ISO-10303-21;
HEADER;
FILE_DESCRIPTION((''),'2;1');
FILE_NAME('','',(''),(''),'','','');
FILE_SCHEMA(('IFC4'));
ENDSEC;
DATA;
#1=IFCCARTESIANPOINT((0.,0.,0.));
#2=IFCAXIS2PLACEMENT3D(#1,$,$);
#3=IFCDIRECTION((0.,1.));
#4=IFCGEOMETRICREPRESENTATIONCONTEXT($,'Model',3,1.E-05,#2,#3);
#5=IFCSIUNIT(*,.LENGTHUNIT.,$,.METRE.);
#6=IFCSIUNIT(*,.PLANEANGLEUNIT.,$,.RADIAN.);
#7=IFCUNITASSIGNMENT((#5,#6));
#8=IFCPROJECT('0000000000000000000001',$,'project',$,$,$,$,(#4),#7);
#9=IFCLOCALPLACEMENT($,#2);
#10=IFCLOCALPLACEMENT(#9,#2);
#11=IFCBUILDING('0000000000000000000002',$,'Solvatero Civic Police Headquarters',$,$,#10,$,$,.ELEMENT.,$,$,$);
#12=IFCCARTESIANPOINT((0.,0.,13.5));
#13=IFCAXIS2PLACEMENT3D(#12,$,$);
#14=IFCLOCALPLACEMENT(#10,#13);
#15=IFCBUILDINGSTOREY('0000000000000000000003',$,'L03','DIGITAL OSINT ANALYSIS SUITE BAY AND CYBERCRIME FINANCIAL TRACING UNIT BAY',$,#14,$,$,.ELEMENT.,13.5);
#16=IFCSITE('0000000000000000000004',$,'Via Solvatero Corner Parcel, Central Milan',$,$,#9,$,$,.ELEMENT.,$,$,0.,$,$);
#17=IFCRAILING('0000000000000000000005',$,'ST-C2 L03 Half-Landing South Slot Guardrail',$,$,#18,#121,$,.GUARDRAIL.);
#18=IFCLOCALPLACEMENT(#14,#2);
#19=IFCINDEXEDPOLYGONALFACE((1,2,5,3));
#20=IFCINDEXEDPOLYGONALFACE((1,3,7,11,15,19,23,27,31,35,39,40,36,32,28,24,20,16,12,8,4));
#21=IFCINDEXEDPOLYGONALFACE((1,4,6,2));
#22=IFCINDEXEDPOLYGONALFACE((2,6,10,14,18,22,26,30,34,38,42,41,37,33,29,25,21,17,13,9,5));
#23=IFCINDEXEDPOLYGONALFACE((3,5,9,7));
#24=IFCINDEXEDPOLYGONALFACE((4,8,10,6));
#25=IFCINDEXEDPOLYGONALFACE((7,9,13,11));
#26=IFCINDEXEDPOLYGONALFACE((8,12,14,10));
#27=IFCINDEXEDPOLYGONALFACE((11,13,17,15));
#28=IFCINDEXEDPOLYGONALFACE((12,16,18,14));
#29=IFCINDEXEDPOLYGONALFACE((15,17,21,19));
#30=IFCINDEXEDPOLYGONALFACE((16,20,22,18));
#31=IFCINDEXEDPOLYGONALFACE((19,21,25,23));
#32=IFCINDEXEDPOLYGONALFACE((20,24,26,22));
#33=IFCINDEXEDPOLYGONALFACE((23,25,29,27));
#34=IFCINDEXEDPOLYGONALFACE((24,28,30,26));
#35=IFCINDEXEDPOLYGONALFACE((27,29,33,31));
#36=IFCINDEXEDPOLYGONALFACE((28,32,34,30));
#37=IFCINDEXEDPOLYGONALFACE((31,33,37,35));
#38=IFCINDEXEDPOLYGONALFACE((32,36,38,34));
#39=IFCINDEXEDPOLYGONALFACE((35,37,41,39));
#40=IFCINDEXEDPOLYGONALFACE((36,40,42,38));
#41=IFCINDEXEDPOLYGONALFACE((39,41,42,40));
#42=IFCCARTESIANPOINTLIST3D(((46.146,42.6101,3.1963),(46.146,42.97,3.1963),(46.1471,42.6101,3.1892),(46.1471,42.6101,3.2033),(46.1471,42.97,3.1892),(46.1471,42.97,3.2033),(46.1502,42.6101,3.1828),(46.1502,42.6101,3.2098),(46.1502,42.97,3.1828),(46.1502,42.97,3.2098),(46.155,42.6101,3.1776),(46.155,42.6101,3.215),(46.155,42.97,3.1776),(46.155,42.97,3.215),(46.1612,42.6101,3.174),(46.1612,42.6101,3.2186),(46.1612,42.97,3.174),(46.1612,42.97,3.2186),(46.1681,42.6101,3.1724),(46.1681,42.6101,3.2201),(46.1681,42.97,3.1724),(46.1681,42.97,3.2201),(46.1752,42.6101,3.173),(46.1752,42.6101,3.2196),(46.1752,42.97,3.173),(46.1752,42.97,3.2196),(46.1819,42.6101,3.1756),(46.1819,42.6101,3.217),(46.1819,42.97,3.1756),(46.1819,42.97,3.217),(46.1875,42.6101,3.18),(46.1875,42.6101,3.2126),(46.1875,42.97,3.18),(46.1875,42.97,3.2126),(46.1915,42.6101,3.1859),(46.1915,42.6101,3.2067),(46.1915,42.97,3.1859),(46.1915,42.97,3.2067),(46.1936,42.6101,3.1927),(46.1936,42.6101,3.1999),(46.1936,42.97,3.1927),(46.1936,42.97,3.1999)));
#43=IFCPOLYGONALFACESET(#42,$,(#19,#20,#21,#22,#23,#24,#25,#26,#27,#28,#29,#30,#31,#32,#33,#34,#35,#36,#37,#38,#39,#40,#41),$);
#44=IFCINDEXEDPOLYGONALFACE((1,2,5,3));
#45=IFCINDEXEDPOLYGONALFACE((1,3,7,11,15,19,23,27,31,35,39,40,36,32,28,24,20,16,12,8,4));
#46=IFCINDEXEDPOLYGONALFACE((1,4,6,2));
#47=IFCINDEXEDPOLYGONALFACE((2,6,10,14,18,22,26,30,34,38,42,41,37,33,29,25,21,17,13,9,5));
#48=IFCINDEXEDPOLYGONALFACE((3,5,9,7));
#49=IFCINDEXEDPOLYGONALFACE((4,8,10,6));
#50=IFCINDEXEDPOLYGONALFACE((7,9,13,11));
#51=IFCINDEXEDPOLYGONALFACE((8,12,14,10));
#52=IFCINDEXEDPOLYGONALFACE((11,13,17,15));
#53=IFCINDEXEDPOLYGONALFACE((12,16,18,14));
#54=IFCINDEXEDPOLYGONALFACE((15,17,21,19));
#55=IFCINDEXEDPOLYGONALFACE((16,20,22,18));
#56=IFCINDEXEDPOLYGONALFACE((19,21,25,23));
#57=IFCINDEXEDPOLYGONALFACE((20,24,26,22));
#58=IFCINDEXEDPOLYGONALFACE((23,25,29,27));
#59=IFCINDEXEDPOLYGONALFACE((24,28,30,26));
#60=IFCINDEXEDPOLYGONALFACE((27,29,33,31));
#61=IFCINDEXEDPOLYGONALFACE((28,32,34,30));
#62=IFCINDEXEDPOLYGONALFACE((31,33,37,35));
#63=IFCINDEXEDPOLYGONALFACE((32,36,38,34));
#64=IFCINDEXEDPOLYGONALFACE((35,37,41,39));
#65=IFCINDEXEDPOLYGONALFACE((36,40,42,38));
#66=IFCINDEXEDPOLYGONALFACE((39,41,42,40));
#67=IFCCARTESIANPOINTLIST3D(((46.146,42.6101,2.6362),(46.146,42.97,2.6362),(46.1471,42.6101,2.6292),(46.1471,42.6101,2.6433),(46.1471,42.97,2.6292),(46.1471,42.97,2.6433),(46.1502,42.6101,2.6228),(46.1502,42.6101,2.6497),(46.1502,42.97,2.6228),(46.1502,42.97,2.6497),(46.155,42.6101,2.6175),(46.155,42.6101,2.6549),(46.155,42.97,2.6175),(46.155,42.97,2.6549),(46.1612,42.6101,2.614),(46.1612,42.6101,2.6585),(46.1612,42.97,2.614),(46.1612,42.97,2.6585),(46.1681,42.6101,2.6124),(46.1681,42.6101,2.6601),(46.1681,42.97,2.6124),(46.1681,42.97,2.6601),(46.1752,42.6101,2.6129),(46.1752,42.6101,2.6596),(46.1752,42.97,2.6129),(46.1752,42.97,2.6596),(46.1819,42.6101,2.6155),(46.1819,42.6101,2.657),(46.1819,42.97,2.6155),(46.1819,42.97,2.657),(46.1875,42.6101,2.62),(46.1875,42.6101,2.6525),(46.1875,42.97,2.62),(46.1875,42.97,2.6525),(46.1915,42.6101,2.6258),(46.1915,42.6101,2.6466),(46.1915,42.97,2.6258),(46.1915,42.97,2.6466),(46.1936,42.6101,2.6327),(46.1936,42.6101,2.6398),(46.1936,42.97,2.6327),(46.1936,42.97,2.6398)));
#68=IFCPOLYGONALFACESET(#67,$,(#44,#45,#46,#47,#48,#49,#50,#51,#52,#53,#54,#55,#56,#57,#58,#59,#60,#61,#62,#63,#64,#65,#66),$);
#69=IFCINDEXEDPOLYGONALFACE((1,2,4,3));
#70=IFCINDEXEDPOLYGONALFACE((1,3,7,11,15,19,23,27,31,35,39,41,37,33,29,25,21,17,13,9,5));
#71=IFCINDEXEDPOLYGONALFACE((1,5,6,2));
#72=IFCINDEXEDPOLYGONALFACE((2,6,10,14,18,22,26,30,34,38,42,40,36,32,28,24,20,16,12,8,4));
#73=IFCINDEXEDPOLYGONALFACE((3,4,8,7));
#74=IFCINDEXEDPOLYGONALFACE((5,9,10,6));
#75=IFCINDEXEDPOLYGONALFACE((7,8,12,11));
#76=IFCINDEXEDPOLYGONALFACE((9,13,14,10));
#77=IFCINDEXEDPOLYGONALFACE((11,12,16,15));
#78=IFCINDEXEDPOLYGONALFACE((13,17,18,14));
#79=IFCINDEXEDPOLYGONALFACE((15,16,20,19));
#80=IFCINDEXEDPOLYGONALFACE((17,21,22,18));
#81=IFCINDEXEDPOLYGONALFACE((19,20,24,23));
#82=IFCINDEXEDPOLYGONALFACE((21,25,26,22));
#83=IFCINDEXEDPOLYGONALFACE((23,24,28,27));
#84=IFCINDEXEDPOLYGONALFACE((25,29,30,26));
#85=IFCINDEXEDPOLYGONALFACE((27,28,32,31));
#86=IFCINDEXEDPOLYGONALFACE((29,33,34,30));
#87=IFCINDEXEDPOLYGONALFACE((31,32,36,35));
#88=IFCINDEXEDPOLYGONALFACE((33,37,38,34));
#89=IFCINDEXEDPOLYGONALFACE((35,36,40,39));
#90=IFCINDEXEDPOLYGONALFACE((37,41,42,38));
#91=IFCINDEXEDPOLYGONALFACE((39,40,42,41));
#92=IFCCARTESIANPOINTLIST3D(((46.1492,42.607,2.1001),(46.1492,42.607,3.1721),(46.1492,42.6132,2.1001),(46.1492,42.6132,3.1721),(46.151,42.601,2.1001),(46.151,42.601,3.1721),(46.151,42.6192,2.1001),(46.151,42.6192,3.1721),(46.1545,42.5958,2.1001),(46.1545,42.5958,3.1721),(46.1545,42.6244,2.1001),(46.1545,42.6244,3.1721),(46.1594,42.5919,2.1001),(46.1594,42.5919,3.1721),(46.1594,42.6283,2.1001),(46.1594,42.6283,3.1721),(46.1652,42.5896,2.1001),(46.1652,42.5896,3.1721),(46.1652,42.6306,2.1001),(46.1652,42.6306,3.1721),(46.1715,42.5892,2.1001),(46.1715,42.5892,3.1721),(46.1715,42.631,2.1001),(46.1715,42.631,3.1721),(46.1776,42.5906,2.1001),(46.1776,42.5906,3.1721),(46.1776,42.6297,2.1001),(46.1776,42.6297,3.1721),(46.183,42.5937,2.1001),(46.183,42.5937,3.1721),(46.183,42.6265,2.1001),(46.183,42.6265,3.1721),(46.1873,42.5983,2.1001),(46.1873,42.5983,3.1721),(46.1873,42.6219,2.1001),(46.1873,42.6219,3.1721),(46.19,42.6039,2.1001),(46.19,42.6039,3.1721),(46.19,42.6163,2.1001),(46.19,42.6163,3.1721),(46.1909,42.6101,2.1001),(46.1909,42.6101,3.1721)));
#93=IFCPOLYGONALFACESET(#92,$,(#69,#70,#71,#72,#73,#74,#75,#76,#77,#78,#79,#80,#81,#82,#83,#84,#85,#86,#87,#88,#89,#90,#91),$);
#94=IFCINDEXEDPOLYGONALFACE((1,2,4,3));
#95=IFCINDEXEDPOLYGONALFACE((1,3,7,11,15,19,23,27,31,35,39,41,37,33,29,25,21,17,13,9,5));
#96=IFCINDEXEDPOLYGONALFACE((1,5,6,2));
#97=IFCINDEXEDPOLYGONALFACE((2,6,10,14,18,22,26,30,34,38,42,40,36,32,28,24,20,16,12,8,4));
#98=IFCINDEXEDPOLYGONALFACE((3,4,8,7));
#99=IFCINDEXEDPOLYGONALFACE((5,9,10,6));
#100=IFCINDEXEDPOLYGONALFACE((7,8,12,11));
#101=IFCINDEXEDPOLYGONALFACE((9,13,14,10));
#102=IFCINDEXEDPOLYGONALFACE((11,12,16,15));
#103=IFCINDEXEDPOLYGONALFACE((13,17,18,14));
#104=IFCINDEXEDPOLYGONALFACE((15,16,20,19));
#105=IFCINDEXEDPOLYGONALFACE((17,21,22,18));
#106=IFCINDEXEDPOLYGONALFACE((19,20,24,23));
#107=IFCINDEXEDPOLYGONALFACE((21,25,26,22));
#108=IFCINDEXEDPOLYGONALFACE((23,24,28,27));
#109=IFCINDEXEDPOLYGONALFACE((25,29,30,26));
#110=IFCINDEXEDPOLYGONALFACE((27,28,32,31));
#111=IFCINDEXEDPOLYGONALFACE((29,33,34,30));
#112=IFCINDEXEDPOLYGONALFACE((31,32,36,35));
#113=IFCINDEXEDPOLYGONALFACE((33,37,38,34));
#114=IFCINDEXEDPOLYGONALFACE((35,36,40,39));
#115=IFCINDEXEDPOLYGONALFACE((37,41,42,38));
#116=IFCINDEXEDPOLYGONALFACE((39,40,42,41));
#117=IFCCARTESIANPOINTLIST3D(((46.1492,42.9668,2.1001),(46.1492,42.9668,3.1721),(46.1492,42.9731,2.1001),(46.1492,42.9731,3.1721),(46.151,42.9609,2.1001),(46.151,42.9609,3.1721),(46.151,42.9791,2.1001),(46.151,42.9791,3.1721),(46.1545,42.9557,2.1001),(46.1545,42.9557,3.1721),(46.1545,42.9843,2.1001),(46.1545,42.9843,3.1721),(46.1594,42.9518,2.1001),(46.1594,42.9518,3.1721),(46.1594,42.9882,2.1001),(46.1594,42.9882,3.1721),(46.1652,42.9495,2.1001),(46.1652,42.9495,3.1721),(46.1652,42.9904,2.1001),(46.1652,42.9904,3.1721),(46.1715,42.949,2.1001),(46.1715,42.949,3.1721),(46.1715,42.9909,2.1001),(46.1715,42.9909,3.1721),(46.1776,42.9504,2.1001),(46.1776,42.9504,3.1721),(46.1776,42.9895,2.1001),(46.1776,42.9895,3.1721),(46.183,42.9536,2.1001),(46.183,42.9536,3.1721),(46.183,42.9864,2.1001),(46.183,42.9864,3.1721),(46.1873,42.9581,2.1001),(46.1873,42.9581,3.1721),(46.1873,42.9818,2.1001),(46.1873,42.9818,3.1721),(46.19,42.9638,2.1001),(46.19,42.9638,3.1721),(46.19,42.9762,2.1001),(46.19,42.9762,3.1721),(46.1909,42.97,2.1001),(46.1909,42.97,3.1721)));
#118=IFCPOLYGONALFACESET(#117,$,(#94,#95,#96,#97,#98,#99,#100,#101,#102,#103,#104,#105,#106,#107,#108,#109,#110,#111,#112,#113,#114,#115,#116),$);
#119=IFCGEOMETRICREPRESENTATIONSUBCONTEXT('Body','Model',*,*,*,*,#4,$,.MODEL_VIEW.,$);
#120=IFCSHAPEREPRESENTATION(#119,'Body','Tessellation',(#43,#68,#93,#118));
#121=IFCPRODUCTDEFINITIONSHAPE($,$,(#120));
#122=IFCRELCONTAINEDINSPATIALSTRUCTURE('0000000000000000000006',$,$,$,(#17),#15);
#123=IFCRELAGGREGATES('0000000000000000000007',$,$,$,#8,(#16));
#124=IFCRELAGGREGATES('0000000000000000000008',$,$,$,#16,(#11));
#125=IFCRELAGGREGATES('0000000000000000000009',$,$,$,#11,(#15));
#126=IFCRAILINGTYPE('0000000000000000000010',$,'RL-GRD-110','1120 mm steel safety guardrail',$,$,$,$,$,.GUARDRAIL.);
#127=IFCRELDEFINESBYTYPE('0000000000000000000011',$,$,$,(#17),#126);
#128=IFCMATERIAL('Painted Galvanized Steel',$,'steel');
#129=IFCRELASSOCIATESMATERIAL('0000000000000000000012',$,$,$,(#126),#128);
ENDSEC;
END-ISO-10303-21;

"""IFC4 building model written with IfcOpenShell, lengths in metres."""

from ifc_helpers import new_model, si_unit, direction, frame, origin, origin_2d, place, context, subcontext, project, spatial, circle, extrude, material, type_object, element, save


model = new_model("IFC4")

# Units and contexts
model_context = context("Model", 3, precision=1e-05, world=origin(), true_north=direction((0.0, 1.0)))
body_context = subcontext(model_context, "Body", "Model", "MODEL_VIEW")
ifc_project = project(units=[si_unit("LENGTHUNIT", "METRE"), si_unit("PLANEANGLEUNIT", "RADIAN")], contexts=[model_context])

# Site, building, storey
site_placement = place(None, origin())
site = spatial("IfcSite", under=ifc_project, at=site_placement, Name="Via Solvatero Corner Parcel, Central Milan", CompositionType="ELEMENT", RefElevation=0.0)
building_placement = place(site_placement, origin())
building = spatial("IfcBuilding", under=site, at=building_placement, Name="Solvatero Civic Police Headquarters", CompositionType="ELEMENT")
storey_placement = place(building_placement, frame((0.0, 0.0, 13.5)))
storey = spatial("IfcBuildingStorey", under=building, at=storey_placement, Name="L03", Description="DIGITAL OSINT ANALYSIS SUITE BAY AND CYBERCRIME FINANCIAL TRACING UNIT BAY", CompositionType="ELEMENT", Elevation=13.5)

# Railing
ifc_material_1 = material(Name="Painted Galvanized Steel", Category="steel")
railing_type_1 = type_object("IfcRailingType", Name="RL-GRD-110", Description="1120 mm steel safety guardrail", PredefinedType="GUARDRAIL", material=ifc_material_1)
railing_1_placement = place(storey_placement, frame((46.1699, 42.6101, 2.1001)))
element("IfcRailing", 1, at=railing_1_placement, inside=storey, type_object=railing_type_1, Name="ST-C2 L03 Half-Landing South Slot Guardrail", PredefinedType="GUARDRAIL", context=body_context, shape_type="SweptSolid", body=[
    extrude(circle(Radius=0.0239, at=origin_2d()), frame((0.0, 0.0, 1.0962), z_axis=(0.0, 1.0, 0.0), x_axis=(-1.0, 0.0, 0.0)), (0.0, 0.0, 1.0), 0.3599),
    extrude(circle(Radius=0.0239, at=origin_2d()), frame((0.0, 0.0, 0.5361), z_axis=(0.0, 1.0, 0.0), x_axis=(-1.0, 0.0, 0.0)), (0.0, 0.0, 1.0), 0.3599),
    extrude(circle(Radius=0.021, at=origin_2d()), origin(), (0.0, 0.0, 1.0), 1.072),
    extrude(circle(Radius=0.021, at=origin_2d()), frame((0.0, 0.3599, 0.0)), (0.0, 0.0, 1.0), 1.072),
])

save(model, "model.ifc")
